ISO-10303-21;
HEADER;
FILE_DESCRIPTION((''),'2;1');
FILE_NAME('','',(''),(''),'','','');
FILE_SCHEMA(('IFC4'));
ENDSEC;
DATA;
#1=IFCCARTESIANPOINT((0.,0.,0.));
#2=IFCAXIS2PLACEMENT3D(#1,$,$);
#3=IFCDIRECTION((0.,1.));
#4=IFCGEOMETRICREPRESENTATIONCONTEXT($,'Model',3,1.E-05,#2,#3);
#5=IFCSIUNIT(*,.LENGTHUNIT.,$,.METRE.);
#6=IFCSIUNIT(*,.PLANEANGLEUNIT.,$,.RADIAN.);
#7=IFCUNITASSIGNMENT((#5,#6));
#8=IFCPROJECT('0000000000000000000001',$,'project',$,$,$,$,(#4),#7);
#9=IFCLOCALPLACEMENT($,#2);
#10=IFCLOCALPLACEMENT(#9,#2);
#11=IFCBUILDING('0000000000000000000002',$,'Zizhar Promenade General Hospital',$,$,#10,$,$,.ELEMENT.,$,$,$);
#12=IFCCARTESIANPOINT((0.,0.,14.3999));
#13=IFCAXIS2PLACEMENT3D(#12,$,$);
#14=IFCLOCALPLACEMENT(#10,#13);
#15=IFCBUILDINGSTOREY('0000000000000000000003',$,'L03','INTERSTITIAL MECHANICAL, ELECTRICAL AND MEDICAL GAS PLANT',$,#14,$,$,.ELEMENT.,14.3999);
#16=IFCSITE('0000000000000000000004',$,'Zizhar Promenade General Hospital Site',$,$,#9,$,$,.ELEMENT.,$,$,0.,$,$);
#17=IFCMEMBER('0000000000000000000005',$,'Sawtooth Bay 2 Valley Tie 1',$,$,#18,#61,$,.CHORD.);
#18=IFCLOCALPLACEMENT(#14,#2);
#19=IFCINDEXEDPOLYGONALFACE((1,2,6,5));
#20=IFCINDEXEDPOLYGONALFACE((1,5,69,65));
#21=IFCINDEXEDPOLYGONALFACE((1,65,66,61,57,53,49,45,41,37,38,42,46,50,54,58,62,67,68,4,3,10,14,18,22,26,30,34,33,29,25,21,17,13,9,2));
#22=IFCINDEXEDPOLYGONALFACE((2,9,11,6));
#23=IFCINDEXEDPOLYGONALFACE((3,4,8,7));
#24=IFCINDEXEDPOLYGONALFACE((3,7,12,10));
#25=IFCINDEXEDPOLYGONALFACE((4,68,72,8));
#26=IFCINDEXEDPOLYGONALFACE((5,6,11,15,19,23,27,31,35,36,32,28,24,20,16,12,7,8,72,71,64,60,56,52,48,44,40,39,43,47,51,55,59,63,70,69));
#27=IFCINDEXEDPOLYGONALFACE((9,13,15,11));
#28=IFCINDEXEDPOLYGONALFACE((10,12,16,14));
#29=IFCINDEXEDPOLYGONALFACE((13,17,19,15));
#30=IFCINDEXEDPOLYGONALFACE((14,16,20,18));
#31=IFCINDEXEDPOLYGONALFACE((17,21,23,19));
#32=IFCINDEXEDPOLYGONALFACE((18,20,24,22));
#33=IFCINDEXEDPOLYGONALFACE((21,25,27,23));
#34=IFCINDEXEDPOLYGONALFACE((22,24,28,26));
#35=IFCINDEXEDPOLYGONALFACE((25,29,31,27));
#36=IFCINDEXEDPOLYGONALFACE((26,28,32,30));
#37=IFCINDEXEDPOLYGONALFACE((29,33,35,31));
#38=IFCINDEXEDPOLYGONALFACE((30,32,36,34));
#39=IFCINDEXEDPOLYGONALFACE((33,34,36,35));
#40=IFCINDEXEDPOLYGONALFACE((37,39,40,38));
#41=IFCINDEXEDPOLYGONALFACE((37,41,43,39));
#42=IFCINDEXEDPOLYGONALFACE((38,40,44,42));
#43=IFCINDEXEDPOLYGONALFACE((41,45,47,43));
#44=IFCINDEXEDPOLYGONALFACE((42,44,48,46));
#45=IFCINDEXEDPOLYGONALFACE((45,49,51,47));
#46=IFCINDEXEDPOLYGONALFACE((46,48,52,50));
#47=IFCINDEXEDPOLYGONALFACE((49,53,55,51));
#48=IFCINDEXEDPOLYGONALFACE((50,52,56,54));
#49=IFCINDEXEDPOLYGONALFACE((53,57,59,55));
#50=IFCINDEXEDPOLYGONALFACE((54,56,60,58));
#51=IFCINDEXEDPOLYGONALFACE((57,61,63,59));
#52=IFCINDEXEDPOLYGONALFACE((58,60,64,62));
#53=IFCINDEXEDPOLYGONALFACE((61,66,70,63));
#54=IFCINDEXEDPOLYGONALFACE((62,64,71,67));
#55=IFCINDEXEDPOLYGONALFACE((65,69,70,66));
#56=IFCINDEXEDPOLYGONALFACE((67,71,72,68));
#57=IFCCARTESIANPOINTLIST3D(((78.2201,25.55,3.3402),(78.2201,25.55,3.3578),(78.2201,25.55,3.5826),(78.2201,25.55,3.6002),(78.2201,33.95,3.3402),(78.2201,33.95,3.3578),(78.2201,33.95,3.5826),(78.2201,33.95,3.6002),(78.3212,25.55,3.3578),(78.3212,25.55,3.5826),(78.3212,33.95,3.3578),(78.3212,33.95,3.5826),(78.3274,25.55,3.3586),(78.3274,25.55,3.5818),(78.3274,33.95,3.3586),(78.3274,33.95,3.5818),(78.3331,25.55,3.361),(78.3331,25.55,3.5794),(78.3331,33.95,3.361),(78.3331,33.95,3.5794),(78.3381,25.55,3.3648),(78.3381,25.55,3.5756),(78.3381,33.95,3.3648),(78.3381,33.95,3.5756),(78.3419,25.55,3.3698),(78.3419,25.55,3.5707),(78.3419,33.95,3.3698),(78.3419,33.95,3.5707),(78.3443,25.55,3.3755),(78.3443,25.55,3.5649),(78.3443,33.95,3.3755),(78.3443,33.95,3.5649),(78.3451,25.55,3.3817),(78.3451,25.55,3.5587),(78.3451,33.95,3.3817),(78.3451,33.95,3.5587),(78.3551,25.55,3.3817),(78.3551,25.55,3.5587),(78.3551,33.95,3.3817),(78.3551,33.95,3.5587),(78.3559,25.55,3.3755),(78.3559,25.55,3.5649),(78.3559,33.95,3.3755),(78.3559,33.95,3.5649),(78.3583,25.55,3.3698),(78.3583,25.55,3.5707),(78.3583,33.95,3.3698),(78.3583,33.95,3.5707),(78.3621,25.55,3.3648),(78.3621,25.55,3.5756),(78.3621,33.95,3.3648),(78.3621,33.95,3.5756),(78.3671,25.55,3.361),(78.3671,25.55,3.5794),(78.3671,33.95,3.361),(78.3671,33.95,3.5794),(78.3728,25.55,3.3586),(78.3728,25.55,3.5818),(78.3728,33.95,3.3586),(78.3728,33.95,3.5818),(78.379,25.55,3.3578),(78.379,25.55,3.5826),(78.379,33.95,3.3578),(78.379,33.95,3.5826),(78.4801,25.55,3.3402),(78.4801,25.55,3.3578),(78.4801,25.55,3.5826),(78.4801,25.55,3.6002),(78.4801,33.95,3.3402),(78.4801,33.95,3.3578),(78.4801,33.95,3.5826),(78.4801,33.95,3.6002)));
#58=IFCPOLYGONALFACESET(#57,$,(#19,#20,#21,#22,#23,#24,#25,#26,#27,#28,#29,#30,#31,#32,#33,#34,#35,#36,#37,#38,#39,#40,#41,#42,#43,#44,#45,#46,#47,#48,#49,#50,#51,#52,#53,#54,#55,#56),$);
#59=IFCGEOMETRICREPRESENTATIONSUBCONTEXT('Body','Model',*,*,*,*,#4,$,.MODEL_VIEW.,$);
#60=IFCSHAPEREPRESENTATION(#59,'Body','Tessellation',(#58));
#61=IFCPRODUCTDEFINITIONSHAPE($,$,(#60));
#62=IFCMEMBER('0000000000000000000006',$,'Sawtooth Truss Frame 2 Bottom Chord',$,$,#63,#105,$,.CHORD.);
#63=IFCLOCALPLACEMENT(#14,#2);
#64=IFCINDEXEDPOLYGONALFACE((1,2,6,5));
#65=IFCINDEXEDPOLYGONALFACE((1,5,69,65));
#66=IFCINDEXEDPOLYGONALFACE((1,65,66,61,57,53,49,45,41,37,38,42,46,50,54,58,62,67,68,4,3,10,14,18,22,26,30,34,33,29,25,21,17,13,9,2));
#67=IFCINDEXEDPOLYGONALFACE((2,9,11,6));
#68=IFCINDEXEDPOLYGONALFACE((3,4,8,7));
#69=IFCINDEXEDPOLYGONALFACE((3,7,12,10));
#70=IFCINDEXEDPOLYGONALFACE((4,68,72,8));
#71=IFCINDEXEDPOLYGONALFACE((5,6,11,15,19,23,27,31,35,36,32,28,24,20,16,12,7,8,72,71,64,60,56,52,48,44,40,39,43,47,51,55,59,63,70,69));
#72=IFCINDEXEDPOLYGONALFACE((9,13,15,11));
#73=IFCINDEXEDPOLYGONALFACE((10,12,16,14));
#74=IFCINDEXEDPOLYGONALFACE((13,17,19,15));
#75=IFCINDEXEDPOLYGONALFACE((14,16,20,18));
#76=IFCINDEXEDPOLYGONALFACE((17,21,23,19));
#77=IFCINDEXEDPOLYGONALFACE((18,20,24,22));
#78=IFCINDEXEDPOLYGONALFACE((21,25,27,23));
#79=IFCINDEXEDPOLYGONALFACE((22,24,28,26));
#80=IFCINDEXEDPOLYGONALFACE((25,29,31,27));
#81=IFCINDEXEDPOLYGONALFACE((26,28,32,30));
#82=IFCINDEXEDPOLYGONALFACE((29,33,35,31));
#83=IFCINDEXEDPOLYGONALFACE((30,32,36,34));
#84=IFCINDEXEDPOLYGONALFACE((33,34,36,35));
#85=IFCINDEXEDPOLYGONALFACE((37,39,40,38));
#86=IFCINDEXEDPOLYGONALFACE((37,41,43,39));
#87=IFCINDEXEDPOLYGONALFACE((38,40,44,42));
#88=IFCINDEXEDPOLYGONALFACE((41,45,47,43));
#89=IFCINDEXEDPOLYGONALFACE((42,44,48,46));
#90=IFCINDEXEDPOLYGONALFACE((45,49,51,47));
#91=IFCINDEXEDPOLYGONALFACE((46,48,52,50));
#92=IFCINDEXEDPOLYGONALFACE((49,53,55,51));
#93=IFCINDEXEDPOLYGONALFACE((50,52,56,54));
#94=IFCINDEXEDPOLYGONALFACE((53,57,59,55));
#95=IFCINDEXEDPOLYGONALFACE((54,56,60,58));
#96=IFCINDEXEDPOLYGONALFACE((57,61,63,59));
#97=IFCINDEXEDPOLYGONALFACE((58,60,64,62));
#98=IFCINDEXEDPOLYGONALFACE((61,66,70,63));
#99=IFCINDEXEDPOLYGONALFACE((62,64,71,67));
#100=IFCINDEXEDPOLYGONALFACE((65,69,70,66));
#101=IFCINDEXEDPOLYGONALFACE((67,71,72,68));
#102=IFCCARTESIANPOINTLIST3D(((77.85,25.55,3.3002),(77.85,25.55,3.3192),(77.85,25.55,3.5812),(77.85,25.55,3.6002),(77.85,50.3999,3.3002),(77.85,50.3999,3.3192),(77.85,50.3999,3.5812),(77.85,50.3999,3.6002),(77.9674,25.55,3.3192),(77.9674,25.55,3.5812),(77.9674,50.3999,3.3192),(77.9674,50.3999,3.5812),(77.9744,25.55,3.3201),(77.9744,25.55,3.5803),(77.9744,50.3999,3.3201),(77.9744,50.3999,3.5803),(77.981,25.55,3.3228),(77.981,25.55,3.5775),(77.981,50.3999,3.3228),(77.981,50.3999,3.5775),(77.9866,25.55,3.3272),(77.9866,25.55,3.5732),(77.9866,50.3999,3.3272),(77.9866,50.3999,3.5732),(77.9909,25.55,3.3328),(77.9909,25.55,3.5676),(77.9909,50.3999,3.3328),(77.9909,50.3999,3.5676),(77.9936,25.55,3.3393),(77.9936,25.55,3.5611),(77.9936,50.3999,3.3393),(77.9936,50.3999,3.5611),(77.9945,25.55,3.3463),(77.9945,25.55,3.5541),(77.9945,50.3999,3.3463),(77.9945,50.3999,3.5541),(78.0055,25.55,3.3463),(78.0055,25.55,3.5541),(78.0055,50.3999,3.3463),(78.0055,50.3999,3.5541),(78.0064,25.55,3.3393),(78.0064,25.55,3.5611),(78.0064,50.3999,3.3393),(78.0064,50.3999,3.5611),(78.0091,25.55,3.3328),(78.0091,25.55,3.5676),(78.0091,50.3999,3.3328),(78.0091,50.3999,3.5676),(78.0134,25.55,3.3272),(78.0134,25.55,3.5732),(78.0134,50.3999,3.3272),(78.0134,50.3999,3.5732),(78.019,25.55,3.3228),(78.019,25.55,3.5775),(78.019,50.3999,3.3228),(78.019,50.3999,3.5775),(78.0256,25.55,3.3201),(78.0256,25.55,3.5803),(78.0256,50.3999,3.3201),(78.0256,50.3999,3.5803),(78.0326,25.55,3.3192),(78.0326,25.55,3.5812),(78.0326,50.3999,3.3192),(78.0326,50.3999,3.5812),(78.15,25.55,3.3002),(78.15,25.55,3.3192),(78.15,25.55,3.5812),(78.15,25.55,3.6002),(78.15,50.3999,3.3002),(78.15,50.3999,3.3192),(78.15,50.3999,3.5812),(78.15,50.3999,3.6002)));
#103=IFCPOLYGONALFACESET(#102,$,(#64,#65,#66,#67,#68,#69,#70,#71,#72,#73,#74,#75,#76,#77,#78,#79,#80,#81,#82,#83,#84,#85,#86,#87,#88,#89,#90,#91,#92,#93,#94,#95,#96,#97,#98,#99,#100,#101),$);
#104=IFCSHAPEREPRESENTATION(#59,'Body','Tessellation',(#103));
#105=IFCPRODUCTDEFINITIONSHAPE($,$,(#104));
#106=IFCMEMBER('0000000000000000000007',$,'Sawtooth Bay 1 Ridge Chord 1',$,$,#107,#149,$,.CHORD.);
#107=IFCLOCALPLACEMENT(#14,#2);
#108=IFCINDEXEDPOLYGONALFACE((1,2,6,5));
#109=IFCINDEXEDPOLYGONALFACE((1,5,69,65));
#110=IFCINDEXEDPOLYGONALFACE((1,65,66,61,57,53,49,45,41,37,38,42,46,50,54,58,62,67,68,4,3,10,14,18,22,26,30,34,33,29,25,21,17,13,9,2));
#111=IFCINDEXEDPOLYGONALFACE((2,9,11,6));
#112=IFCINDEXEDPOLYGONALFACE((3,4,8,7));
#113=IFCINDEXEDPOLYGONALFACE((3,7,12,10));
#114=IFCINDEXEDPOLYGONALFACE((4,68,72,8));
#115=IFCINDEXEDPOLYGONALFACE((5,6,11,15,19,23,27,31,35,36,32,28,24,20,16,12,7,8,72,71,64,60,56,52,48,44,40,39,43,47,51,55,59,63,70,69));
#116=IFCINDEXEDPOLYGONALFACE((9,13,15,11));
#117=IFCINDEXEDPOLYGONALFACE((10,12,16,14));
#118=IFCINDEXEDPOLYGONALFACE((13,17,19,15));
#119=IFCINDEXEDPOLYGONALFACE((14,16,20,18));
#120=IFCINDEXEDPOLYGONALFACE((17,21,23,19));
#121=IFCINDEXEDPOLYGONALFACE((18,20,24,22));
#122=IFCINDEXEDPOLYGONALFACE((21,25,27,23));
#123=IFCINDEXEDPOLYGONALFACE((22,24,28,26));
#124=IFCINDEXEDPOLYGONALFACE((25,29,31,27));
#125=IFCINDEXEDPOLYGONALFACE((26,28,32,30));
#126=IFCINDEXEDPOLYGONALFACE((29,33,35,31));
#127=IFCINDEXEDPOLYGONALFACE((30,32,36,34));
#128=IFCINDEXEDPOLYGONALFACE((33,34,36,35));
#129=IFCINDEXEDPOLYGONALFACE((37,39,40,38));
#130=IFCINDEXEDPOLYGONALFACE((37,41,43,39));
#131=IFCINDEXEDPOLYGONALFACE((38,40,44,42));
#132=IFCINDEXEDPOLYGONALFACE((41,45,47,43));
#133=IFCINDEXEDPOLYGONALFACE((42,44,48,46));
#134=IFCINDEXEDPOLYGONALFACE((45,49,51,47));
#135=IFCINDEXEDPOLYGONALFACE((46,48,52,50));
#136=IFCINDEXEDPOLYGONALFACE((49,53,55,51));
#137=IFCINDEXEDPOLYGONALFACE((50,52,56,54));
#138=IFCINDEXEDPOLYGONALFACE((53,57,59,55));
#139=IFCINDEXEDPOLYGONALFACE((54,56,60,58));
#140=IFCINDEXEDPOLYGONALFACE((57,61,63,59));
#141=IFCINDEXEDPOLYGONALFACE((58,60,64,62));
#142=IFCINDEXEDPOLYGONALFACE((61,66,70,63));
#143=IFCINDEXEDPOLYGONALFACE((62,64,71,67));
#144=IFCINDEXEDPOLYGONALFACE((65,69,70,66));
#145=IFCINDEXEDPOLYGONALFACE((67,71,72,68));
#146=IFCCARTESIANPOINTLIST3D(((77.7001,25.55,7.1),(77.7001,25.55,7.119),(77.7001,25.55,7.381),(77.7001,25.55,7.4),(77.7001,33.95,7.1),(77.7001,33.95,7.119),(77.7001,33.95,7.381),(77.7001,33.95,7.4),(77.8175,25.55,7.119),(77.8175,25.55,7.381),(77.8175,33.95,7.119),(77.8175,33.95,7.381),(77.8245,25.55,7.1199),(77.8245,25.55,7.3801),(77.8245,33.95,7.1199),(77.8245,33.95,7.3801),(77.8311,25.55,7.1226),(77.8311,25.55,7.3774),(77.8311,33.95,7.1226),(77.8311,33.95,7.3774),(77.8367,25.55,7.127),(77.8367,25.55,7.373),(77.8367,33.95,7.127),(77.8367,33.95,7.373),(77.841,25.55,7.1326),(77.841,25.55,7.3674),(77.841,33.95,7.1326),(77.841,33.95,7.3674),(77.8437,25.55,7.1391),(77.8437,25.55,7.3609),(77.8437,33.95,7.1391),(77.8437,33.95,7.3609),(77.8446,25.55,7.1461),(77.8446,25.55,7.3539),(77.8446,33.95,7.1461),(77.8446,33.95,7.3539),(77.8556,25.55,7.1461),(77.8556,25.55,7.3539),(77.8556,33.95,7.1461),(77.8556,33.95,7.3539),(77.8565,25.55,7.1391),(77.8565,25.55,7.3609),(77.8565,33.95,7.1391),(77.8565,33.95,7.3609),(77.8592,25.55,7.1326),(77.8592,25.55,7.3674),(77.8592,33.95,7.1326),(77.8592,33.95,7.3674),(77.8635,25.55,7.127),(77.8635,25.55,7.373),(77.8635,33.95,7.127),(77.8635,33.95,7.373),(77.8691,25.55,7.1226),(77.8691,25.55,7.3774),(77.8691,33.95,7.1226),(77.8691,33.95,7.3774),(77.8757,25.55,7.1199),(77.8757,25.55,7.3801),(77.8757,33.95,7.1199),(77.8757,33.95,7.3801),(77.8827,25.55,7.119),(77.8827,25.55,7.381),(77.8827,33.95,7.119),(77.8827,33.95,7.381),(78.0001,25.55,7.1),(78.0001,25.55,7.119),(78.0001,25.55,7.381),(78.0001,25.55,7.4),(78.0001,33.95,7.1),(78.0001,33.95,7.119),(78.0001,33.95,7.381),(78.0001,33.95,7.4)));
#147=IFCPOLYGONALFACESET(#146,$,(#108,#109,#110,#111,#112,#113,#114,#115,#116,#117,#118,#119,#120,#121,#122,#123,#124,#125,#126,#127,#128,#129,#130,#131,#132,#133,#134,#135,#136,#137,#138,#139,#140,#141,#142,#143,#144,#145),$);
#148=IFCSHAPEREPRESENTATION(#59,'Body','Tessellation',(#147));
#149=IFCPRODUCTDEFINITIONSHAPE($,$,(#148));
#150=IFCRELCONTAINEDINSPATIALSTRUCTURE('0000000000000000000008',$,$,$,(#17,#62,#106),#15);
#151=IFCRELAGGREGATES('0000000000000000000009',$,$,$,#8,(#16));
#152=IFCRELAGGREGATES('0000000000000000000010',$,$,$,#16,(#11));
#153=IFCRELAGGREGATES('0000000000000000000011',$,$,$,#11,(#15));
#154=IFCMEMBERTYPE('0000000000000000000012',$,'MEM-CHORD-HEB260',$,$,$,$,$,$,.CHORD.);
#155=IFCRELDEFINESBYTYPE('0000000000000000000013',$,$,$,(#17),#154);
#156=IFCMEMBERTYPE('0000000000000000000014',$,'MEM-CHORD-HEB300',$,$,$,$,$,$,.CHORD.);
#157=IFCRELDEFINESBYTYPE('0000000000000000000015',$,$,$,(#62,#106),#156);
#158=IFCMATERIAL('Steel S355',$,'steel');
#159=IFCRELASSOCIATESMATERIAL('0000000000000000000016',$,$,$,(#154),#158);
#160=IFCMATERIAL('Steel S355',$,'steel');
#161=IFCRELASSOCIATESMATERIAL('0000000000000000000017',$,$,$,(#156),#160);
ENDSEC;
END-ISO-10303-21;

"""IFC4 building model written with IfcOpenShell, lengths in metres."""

from ifc_helpers import new_model, si_unit, direction, frame, origin, origin_2d, place, context, subcontext, project, spatial, i_section, extrude, material, material_profile, profile_set, type_object, element, save


model = new_model("IFC4")

# Units and contexts
model_context = context("Model", 3, precision=1e-05, world=origin(), true_north=direction((0.0, 1.0)))
body_context = subcontext(model_context, "Body", "Model", "MODEL_VIEW")
ifc_project = project(units=[si_unit("LENGTHUNIT", "METRE"), si_unit("PLANEANGLEUNIT", "RADIAN")], contexts=[model_context])

# Site, building, storey
site_placement = place(None, origin())
site = spatial("IfcSite", under=ifc_project, at=site_placement, Name="Zizhar Promenade General Hospital Site", CompositionType="ELEMENT", RefElevation=0.0)
building_placement = place(site_placement, origin())
building = spatial("IfcBuilding", under=site, at=building_placement, Name="Zizhar Promenade General Hospital", CompositionType="ELEMENT")
storey_placement = place(building_placement, frame((0.0, 0.0, 14.3999)))
storey = spatial("IfcBuildingStorey", under=building, at=storey_placement, Name="L03", Description="INTERSTITIAL MECHANICAL, ELECTRICAL AND MEDICAL GAS PLANT", CompositionType="ELEMENT", Elevation=14.3999)

# Members
ifc_material_1 = material(Name="Steel S355", Category="steel")
ifc_material_profile_1 = material_profile(ifc_material_1, i_section(OverallWidth=0.26, OverallDepth=0.26, WebThickness=0.01, FlangeThickness=0.0176, FilletRadius=0.0239, at=origin_2d()))
ifc_profile_set_1 = profile_set([ifc_material_profile_1], Name="Steel S355")
member_type_1 = type_object("IfcMemberType", Name="MEM-CHORD-HEB260", PredefinedType="CHORD", material=ifc_profile_set_1)
member_1_placement = place(storey_placement, frame((78.3501, 25.55, 3.4702), z_axis=(0.0, 1.0, 0.0), x_axis=(-1.0, 0.0, 0.0)))
element("IfcMember", 1, at=member_1_placement, inside=storey, type_object=member_type_1, Name="Sawtooth Bay 2 Valley Tie 1", PredefinedType="CHORD", context=body_context, shape_type="SweptSolid", body=[
    extrude(i_section(OverallWidth=0.26, OverallDepth=0.26, WebThickness=0.01, FlangeThickness=0.0176, FilletRadius=0.0239, at=origin_2d()), origin(), (0.0, 0.0, 1.0), 8.3999),
])
ifc_material_2 = material(Name="Steel S355", Category="steel")
ifc_material_profile_2 = material_profile(ifc_material_2, i_section(OverallWidth=0.3, OverallDepth=0.3, WebThickness=0.011, FlangeThickness=0.019, FilletRadius=0.0271, at=origin_2d()))
ifc_profile_set_2 = profile_set([ifc_material_profile_2], Name="Steel S355")
member_type_2 = type_object("IfcMemberType", Name="MEM-CHORD-HEB300", PredefinedType="CHORD", material=ifc_profile_set_2)
member_2_placement = place(storey_placement, frame((78.0, 25.55, 3.4502), z_axis=(0.0, 1.0, 0.0), x_axis=(-1.0, 0.0, 0.0)))
element("IfcMember", 2, at=member_2_placement, inside=storey, type_object=member_type_2, Name="Sawtooth Truss Frame 2 Bottom Chord", PredefinedType="CHORD", context=body_context, shape_type="SweptSolid", body=[
    extrude(i_section(OverallWidth=0.3, OverallDepth=0.3, WebThickness=0.011, FlangeThickness=0.019, FilletRadius=0.0271, at=origin_2d()), origin(), (0.0, 0.0, 1.0), 24.8499),
])
member_3_placement = place(storey_placement, frame((77.8501, 25.55, 7.25), z_axis=(0.0, 1.0, 0.0), x_axis=(-1.0, 0.0, 0.0)))
element("IfcMember", 3, at=member_3_placement, inside=storey, type_object=member_type_2, Name="Sawtooth Bay 1 Ridge Chord 1", PredefinedType="CHORD", context=body_context, shape_type="SweptSolid", body=[
    extrude(i_section(OverallWidth=0.3, OverallDepth=0.3, WebThickness=0.011, FlangeThickness=0.019, FilletRadius=0.0271, at=origin_2d()), origin(), (0.0, 0.0, 1.0), 8.3999),
])

save(model, "model.ifc")
